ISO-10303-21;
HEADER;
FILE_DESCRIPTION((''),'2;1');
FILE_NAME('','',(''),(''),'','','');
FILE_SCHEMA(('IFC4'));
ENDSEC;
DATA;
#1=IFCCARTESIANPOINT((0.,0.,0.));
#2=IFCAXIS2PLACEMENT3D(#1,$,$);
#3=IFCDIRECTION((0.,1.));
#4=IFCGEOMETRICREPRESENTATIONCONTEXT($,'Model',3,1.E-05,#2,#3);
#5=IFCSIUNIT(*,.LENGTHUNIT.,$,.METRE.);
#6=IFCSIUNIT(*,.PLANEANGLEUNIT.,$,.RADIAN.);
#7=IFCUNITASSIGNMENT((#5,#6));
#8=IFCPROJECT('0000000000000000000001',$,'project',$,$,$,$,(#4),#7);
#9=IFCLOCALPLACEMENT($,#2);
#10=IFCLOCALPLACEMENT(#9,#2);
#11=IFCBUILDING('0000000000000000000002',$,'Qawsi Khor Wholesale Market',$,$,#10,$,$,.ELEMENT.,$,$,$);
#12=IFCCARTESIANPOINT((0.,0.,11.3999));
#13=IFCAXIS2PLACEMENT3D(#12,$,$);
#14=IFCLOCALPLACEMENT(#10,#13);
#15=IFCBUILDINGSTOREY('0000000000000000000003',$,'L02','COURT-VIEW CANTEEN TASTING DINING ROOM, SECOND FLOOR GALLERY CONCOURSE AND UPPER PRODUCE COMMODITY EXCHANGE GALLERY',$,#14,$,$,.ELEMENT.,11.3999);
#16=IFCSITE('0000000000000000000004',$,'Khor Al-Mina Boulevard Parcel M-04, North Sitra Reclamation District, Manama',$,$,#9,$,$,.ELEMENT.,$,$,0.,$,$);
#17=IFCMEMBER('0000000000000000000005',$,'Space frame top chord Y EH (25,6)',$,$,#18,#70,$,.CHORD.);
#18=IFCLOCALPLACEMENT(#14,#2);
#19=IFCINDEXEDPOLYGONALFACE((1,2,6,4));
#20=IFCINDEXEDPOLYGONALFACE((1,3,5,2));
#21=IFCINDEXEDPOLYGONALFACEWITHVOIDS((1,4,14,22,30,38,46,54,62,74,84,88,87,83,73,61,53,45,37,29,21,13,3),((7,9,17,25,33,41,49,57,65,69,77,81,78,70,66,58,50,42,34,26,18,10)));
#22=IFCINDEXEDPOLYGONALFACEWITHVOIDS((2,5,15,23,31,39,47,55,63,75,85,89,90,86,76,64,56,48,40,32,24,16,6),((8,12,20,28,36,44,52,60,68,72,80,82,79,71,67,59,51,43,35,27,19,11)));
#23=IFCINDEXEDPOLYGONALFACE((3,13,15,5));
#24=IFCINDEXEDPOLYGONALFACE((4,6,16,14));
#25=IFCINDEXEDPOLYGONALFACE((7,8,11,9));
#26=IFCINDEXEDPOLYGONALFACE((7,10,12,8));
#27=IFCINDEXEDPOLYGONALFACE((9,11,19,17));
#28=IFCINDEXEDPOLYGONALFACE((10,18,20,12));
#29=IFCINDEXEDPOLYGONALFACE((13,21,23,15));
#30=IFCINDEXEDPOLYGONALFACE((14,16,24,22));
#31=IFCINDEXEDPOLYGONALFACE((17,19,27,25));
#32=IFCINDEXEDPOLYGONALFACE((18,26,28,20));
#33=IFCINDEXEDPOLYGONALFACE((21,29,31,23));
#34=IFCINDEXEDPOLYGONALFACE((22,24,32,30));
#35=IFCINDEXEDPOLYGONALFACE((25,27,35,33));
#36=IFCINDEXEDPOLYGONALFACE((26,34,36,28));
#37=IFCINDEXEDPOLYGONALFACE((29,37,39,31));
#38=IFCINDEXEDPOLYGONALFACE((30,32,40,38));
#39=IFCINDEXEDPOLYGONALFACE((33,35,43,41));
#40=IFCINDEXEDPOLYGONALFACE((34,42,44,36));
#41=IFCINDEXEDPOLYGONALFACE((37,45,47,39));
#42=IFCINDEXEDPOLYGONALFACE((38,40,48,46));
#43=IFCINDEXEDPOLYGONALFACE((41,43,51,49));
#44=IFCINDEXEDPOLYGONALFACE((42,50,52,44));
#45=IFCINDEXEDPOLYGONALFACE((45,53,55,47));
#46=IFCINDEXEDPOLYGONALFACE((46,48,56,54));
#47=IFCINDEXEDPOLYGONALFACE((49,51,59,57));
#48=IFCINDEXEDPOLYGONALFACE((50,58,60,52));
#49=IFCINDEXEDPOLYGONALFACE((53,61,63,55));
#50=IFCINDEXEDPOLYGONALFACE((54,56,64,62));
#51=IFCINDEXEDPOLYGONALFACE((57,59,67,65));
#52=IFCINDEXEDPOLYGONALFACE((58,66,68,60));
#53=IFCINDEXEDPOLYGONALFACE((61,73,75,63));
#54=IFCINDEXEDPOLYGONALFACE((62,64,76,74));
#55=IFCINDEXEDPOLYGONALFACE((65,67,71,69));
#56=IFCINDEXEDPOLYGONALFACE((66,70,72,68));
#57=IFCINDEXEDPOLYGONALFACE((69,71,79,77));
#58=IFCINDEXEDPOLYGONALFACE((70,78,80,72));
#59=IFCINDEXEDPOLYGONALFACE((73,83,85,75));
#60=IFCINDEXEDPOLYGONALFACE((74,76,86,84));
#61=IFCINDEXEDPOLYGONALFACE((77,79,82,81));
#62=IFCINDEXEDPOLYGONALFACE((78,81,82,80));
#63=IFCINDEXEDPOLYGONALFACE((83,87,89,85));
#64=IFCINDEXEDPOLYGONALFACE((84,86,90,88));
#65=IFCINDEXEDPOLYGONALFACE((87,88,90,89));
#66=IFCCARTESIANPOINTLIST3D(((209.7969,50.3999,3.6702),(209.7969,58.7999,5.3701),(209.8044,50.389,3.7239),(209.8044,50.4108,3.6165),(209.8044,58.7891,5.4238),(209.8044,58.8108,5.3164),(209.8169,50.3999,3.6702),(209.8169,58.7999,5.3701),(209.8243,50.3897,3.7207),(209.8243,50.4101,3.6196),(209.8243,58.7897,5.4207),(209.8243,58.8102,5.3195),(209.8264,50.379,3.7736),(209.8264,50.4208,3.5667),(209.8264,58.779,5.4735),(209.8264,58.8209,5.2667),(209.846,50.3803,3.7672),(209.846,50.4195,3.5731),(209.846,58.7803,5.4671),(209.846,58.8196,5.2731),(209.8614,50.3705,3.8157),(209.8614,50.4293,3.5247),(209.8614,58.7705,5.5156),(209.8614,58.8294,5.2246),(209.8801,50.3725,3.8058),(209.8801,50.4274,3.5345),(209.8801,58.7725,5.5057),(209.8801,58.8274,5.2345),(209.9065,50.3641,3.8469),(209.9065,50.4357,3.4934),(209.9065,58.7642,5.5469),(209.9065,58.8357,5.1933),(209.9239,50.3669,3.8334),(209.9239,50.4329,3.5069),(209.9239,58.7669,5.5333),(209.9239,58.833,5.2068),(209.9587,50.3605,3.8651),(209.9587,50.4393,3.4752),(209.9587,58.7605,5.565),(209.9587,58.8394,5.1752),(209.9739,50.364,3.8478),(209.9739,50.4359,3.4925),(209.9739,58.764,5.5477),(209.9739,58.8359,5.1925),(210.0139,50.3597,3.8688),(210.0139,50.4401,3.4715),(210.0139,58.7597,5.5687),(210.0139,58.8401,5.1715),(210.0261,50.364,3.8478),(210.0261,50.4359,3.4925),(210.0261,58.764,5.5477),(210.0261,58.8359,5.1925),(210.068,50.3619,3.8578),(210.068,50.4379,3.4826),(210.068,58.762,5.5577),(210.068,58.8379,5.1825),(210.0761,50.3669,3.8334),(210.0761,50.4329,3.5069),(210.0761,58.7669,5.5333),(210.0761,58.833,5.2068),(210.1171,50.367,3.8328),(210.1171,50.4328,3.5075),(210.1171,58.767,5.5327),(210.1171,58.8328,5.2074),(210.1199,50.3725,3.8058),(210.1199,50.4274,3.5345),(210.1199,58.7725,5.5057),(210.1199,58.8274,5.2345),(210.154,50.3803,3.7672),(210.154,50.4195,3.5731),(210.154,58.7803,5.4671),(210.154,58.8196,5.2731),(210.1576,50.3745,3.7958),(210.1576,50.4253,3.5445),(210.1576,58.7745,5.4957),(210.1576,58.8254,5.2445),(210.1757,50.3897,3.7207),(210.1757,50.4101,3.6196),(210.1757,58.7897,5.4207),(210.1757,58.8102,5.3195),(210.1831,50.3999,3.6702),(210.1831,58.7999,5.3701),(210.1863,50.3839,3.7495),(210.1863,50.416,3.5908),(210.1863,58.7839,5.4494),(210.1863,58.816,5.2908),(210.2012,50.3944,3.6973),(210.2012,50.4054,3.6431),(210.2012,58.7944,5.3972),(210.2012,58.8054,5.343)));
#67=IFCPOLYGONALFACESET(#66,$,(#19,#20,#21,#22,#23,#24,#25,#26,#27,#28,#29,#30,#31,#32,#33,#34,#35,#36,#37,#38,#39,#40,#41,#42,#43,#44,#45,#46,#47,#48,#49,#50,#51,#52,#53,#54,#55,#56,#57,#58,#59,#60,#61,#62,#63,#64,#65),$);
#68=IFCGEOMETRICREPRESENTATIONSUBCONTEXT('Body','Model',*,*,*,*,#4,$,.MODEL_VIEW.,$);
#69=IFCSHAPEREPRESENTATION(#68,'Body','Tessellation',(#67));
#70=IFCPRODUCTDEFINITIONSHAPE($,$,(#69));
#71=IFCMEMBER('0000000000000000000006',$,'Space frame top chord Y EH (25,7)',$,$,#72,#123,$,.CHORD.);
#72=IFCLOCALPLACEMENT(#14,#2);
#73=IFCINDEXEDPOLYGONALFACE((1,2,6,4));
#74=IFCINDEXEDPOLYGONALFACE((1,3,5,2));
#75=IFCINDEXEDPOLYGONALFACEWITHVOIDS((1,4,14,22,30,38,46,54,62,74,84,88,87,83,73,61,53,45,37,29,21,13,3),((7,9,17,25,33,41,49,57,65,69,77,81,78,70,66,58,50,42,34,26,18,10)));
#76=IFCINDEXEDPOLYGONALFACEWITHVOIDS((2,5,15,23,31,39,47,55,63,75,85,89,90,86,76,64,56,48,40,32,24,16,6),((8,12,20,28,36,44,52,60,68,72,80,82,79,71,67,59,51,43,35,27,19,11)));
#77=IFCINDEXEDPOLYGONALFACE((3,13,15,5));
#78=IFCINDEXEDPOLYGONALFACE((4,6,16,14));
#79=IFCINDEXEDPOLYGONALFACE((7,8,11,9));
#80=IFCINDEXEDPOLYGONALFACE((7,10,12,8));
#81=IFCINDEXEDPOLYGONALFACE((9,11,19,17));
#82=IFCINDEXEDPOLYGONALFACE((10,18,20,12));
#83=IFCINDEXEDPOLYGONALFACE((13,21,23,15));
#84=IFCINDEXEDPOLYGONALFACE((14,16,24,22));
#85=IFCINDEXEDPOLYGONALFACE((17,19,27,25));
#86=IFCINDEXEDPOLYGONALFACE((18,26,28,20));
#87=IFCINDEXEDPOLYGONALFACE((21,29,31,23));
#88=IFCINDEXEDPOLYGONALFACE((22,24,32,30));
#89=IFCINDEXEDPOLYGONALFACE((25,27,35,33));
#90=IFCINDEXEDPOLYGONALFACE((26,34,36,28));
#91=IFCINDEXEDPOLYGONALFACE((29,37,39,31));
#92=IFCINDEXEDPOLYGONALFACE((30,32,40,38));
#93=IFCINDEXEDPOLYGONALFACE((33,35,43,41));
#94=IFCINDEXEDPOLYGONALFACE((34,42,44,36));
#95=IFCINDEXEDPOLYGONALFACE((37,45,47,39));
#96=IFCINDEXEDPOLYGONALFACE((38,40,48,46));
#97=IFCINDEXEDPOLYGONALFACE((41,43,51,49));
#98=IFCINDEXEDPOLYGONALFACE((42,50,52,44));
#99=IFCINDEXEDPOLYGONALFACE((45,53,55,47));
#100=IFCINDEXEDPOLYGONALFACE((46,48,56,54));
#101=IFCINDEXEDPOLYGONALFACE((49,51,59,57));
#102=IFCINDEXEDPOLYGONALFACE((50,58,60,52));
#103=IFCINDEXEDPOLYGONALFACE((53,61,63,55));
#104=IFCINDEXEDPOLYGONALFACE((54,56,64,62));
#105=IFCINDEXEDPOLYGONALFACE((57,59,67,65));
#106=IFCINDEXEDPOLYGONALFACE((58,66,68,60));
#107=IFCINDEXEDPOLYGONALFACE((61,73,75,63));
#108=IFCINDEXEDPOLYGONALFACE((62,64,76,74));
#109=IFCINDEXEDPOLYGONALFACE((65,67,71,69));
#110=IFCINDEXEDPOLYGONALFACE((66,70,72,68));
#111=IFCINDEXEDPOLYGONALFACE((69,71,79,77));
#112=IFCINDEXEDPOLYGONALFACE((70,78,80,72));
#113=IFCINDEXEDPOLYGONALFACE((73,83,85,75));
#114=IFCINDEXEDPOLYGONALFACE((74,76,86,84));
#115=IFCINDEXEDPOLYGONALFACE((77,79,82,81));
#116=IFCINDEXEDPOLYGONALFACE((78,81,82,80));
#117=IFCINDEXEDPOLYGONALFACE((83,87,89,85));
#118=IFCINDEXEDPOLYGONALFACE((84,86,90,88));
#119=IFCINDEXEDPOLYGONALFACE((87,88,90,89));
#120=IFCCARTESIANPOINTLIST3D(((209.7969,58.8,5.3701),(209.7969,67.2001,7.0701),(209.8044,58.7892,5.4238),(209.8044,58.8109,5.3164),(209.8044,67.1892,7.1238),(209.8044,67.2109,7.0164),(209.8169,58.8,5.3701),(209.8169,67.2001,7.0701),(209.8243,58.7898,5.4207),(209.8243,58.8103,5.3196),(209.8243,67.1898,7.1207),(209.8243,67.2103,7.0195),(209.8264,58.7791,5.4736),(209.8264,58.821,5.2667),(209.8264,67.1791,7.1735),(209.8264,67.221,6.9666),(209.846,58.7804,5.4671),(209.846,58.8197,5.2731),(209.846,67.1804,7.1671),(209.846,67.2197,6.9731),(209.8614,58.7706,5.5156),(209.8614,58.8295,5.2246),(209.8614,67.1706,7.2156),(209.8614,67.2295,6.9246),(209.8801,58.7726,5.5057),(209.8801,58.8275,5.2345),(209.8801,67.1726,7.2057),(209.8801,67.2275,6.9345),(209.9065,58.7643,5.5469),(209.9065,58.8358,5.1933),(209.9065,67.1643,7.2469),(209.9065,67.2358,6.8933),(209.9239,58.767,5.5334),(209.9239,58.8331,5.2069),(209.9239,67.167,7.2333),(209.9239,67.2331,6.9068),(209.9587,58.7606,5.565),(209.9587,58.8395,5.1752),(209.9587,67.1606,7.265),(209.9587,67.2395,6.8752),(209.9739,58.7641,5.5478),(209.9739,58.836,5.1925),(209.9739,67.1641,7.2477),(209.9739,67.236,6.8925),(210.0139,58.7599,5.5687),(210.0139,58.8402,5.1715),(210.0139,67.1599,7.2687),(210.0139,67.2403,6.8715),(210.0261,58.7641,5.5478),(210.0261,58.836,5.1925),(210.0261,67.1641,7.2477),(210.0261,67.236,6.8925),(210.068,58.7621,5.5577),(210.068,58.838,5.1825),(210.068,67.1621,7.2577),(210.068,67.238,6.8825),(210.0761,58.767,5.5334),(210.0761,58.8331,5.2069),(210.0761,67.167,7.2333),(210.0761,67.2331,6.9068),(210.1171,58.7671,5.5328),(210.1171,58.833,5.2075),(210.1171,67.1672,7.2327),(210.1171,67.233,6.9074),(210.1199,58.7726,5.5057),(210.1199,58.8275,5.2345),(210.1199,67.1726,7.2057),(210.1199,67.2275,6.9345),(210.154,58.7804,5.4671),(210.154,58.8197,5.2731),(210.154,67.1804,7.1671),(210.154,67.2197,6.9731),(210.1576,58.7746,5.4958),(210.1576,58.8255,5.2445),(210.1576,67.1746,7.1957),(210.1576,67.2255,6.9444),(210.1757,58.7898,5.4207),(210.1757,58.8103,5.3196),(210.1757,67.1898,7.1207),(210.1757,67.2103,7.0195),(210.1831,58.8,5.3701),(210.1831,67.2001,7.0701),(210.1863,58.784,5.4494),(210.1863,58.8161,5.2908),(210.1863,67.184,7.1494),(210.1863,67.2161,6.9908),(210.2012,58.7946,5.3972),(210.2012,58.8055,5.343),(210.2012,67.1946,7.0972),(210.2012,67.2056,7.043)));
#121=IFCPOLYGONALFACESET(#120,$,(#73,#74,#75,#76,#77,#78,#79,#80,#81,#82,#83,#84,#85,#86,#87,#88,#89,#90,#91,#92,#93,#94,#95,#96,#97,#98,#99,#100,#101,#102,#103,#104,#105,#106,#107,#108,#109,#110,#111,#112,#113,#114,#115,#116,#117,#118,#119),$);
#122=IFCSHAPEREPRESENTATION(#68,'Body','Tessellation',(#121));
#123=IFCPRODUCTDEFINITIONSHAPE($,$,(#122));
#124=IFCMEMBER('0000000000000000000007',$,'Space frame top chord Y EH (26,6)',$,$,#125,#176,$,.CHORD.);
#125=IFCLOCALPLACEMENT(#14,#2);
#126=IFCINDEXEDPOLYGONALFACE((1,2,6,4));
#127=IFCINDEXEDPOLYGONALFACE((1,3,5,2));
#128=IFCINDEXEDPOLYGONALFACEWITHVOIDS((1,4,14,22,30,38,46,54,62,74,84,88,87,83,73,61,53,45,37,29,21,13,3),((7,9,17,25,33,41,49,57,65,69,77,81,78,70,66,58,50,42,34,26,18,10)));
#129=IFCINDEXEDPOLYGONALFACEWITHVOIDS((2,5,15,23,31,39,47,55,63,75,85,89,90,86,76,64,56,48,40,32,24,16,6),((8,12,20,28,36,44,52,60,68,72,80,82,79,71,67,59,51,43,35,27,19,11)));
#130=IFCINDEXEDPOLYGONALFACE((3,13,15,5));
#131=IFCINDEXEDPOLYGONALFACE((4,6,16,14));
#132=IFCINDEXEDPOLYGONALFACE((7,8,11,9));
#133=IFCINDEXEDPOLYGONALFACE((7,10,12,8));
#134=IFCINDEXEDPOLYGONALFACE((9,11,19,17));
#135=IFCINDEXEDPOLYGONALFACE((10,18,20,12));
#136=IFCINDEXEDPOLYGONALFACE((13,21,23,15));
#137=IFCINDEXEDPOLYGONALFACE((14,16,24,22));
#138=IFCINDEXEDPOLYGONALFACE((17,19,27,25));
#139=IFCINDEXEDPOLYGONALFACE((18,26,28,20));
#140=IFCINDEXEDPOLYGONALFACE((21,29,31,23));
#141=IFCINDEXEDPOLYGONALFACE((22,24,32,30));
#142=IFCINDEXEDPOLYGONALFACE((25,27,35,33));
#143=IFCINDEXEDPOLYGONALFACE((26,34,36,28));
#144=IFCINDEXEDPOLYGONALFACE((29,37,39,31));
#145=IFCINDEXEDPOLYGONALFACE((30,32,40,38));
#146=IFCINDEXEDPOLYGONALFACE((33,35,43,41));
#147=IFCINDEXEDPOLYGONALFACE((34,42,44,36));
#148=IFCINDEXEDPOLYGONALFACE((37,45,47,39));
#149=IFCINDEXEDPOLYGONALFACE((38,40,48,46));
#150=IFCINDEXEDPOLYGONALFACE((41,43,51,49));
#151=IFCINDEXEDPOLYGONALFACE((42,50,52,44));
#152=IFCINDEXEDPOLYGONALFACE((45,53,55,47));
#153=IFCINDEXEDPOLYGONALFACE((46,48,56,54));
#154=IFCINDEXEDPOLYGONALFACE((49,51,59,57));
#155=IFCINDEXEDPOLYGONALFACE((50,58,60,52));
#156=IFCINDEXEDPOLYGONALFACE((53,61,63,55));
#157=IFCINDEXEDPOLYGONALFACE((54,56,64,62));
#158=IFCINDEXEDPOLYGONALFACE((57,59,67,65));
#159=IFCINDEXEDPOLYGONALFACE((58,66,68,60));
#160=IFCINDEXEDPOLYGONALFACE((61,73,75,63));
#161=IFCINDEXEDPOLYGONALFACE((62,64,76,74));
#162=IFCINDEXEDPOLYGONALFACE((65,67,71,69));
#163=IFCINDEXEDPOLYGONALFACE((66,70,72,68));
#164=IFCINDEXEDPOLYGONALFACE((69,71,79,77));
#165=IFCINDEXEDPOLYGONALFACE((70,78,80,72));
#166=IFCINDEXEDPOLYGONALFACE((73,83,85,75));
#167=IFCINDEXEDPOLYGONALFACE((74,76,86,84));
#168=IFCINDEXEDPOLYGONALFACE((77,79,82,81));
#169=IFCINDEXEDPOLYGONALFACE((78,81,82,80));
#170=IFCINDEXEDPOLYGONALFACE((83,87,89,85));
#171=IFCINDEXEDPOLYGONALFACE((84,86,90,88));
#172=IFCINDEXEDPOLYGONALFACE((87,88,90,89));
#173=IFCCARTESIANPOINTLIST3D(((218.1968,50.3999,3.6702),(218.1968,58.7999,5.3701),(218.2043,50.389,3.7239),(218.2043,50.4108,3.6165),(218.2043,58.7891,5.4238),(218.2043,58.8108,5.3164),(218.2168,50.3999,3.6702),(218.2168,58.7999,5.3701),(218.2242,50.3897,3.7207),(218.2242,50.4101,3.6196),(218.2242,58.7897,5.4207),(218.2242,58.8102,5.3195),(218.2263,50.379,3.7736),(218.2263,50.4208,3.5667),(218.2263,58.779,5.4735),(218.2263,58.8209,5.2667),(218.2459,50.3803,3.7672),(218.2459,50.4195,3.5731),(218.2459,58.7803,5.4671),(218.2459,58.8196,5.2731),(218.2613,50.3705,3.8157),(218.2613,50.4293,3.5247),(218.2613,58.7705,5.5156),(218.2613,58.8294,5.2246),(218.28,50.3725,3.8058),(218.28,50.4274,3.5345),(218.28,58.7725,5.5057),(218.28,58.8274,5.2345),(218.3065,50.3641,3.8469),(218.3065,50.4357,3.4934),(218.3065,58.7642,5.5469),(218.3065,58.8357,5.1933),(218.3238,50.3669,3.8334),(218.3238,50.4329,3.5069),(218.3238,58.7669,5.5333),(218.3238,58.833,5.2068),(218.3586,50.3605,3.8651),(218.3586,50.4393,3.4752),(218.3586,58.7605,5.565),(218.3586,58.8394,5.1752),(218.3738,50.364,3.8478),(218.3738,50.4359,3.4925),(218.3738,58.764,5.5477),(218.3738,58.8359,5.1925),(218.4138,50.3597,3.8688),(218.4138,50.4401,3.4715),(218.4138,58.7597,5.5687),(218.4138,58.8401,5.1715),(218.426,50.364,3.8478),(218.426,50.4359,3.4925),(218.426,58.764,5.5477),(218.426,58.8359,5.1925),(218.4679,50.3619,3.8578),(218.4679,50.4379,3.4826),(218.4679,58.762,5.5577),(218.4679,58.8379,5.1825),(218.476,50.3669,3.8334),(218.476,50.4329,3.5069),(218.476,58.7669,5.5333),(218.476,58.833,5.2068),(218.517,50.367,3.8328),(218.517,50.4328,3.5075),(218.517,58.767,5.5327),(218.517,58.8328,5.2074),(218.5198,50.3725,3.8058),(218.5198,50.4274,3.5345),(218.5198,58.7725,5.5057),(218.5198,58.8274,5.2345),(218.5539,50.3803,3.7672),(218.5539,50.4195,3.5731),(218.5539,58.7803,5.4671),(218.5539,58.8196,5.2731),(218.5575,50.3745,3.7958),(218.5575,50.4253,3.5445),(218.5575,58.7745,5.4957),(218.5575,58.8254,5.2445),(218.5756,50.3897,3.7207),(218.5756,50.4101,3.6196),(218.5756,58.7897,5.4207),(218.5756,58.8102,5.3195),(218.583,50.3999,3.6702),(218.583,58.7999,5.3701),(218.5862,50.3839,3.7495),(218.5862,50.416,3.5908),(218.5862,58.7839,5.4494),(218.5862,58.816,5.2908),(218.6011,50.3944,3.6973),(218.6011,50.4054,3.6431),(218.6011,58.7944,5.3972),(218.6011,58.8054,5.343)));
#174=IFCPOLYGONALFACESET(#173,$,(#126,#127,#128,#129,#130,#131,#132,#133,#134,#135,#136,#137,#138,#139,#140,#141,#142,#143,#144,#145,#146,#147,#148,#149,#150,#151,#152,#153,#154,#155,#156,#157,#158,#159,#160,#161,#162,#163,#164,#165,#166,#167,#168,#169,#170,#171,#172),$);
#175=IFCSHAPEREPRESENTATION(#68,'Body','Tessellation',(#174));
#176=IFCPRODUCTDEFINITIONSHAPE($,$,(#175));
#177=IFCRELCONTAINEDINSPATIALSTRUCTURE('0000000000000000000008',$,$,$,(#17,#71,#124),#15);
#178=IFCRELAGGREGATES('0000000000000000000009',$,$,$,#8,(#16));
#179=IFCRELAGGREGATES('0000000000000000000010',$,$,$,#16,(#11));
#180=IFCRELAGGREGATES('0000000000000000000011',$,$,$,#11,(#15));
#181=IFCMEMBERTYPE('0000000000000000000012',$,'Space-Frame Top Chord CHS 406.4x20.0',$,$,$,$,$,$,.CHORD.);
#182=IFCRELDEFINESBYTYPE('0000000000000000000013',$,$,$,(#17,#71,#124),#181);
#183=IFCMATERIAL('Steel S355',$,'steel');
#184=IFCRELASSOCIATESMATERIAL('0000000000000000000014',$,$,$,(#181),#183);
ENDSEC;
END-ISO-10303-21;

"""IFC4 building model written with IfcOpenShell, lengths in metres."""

from ifc_helpers import new_model, si_unit, direction, frame, origin, origin_2d, place, context, subcontext, project, spatial, hollow_circle, extrude, material, material_profile, profile_set, type_object, element, save


model = new_model("IFC4")

# Units and contexts
model_context = context("Model", 3, precision=1e-05, world=origin(), true_north=direction((0.0, 1.0)))
body_context = subcontext(model_context, "Body", "Model", "MODEL_VIEW")
ifc_project = project(units=[si_unit("LENGTHUNIT", "METRE"), si_unit("PLANEANGLEUNIT", "RADIAN")], contexts=[model_context])

# Site, building, storey
site_placement = place(None, origin())
site = spatial("IfcSite", under=ifc_project, at=site_placement, Name="Khor Al-Mina Boulevard Parcel M-04, North Sitra Reclamation District, Manama", CompositionType="ELEMENT", RefElevation=0.0)
building_placement = place(site_placement, origin())
building = spatial("IfcBuilding", under=site, at=building_placement, Name="Qawsi Khor Wholesale Market", CompositionType="ELEMENT")
storey_placement = place(building_placement, frame((0.0, 0.0, 11.3999)))
storey = spatial("IfcBuildingStorey", under=building, at=storey_placement, Name="L02", Description="COURT-VIEW CANTEEN TASTING DINING ROOM, SECOND FLOOR GALLERY CONCOURSE AND UPPER PRODUCE COMMODITY EXCHANGE GALLERY", CompositionType="ELEMENT", Elevation=11.3999)

# Members
ifc_material_1 = material(Name="Steel S355", Category="steel")
ifc_material_profile_1 = material_profile(ifc_material_1, hollow_circle(Radius=0.2031, WallThickness=0.02, at=origin_2d()), Name="CHS 406.4x20.0")
ifc_profile_set_1 = profile_set([ifc_material_profile_1], Name="Steel S355")
member_type_1 = type_object("IfcMemberType", Name="Space-Frame Top Chord CHS 406.4x20.0", PredefinedType="CHORD", material=ifc_profile_set_1)
for number, where, z_axis, x_axis, name in (
    (1, (210.0, 50.3999, 3.6702), (0.0, 0.980131, 0.198351), (-1.0, 0.0, 0.0), "Space frame top chord Y EH (25,6)"),
    (2, (210.0, 58.8, 5.3701), (0.0, 0.98013, 0.198356), (-1.0, 0.0, 0.0), "Space frame top chord Y EH (25,7)"),
    (3, (218.3999, 50.3999, 3.6702), (0.0, 0.980131, 0.198351), (-1.0, 0.0, 0.0), "Space frame top chord Y EH (26,6)"),
):
    element("IfcMember", number, at=place(storey_placement, frame(where, z_axis=z_axis, x_axis=x_axis)), inside=storey, type_object=member_type_1, Name=name, PredefinedType="CHORD", context=body_context, shape_type="SweptSolid", body=[
        extrude(hollow_circle(Radius=0.2031, WallThickness=0.02, at=origin_2d()), origin(), (0.0, 0.0, 1.0), 8.5703),
    ])

save(model, "model.ifc")
